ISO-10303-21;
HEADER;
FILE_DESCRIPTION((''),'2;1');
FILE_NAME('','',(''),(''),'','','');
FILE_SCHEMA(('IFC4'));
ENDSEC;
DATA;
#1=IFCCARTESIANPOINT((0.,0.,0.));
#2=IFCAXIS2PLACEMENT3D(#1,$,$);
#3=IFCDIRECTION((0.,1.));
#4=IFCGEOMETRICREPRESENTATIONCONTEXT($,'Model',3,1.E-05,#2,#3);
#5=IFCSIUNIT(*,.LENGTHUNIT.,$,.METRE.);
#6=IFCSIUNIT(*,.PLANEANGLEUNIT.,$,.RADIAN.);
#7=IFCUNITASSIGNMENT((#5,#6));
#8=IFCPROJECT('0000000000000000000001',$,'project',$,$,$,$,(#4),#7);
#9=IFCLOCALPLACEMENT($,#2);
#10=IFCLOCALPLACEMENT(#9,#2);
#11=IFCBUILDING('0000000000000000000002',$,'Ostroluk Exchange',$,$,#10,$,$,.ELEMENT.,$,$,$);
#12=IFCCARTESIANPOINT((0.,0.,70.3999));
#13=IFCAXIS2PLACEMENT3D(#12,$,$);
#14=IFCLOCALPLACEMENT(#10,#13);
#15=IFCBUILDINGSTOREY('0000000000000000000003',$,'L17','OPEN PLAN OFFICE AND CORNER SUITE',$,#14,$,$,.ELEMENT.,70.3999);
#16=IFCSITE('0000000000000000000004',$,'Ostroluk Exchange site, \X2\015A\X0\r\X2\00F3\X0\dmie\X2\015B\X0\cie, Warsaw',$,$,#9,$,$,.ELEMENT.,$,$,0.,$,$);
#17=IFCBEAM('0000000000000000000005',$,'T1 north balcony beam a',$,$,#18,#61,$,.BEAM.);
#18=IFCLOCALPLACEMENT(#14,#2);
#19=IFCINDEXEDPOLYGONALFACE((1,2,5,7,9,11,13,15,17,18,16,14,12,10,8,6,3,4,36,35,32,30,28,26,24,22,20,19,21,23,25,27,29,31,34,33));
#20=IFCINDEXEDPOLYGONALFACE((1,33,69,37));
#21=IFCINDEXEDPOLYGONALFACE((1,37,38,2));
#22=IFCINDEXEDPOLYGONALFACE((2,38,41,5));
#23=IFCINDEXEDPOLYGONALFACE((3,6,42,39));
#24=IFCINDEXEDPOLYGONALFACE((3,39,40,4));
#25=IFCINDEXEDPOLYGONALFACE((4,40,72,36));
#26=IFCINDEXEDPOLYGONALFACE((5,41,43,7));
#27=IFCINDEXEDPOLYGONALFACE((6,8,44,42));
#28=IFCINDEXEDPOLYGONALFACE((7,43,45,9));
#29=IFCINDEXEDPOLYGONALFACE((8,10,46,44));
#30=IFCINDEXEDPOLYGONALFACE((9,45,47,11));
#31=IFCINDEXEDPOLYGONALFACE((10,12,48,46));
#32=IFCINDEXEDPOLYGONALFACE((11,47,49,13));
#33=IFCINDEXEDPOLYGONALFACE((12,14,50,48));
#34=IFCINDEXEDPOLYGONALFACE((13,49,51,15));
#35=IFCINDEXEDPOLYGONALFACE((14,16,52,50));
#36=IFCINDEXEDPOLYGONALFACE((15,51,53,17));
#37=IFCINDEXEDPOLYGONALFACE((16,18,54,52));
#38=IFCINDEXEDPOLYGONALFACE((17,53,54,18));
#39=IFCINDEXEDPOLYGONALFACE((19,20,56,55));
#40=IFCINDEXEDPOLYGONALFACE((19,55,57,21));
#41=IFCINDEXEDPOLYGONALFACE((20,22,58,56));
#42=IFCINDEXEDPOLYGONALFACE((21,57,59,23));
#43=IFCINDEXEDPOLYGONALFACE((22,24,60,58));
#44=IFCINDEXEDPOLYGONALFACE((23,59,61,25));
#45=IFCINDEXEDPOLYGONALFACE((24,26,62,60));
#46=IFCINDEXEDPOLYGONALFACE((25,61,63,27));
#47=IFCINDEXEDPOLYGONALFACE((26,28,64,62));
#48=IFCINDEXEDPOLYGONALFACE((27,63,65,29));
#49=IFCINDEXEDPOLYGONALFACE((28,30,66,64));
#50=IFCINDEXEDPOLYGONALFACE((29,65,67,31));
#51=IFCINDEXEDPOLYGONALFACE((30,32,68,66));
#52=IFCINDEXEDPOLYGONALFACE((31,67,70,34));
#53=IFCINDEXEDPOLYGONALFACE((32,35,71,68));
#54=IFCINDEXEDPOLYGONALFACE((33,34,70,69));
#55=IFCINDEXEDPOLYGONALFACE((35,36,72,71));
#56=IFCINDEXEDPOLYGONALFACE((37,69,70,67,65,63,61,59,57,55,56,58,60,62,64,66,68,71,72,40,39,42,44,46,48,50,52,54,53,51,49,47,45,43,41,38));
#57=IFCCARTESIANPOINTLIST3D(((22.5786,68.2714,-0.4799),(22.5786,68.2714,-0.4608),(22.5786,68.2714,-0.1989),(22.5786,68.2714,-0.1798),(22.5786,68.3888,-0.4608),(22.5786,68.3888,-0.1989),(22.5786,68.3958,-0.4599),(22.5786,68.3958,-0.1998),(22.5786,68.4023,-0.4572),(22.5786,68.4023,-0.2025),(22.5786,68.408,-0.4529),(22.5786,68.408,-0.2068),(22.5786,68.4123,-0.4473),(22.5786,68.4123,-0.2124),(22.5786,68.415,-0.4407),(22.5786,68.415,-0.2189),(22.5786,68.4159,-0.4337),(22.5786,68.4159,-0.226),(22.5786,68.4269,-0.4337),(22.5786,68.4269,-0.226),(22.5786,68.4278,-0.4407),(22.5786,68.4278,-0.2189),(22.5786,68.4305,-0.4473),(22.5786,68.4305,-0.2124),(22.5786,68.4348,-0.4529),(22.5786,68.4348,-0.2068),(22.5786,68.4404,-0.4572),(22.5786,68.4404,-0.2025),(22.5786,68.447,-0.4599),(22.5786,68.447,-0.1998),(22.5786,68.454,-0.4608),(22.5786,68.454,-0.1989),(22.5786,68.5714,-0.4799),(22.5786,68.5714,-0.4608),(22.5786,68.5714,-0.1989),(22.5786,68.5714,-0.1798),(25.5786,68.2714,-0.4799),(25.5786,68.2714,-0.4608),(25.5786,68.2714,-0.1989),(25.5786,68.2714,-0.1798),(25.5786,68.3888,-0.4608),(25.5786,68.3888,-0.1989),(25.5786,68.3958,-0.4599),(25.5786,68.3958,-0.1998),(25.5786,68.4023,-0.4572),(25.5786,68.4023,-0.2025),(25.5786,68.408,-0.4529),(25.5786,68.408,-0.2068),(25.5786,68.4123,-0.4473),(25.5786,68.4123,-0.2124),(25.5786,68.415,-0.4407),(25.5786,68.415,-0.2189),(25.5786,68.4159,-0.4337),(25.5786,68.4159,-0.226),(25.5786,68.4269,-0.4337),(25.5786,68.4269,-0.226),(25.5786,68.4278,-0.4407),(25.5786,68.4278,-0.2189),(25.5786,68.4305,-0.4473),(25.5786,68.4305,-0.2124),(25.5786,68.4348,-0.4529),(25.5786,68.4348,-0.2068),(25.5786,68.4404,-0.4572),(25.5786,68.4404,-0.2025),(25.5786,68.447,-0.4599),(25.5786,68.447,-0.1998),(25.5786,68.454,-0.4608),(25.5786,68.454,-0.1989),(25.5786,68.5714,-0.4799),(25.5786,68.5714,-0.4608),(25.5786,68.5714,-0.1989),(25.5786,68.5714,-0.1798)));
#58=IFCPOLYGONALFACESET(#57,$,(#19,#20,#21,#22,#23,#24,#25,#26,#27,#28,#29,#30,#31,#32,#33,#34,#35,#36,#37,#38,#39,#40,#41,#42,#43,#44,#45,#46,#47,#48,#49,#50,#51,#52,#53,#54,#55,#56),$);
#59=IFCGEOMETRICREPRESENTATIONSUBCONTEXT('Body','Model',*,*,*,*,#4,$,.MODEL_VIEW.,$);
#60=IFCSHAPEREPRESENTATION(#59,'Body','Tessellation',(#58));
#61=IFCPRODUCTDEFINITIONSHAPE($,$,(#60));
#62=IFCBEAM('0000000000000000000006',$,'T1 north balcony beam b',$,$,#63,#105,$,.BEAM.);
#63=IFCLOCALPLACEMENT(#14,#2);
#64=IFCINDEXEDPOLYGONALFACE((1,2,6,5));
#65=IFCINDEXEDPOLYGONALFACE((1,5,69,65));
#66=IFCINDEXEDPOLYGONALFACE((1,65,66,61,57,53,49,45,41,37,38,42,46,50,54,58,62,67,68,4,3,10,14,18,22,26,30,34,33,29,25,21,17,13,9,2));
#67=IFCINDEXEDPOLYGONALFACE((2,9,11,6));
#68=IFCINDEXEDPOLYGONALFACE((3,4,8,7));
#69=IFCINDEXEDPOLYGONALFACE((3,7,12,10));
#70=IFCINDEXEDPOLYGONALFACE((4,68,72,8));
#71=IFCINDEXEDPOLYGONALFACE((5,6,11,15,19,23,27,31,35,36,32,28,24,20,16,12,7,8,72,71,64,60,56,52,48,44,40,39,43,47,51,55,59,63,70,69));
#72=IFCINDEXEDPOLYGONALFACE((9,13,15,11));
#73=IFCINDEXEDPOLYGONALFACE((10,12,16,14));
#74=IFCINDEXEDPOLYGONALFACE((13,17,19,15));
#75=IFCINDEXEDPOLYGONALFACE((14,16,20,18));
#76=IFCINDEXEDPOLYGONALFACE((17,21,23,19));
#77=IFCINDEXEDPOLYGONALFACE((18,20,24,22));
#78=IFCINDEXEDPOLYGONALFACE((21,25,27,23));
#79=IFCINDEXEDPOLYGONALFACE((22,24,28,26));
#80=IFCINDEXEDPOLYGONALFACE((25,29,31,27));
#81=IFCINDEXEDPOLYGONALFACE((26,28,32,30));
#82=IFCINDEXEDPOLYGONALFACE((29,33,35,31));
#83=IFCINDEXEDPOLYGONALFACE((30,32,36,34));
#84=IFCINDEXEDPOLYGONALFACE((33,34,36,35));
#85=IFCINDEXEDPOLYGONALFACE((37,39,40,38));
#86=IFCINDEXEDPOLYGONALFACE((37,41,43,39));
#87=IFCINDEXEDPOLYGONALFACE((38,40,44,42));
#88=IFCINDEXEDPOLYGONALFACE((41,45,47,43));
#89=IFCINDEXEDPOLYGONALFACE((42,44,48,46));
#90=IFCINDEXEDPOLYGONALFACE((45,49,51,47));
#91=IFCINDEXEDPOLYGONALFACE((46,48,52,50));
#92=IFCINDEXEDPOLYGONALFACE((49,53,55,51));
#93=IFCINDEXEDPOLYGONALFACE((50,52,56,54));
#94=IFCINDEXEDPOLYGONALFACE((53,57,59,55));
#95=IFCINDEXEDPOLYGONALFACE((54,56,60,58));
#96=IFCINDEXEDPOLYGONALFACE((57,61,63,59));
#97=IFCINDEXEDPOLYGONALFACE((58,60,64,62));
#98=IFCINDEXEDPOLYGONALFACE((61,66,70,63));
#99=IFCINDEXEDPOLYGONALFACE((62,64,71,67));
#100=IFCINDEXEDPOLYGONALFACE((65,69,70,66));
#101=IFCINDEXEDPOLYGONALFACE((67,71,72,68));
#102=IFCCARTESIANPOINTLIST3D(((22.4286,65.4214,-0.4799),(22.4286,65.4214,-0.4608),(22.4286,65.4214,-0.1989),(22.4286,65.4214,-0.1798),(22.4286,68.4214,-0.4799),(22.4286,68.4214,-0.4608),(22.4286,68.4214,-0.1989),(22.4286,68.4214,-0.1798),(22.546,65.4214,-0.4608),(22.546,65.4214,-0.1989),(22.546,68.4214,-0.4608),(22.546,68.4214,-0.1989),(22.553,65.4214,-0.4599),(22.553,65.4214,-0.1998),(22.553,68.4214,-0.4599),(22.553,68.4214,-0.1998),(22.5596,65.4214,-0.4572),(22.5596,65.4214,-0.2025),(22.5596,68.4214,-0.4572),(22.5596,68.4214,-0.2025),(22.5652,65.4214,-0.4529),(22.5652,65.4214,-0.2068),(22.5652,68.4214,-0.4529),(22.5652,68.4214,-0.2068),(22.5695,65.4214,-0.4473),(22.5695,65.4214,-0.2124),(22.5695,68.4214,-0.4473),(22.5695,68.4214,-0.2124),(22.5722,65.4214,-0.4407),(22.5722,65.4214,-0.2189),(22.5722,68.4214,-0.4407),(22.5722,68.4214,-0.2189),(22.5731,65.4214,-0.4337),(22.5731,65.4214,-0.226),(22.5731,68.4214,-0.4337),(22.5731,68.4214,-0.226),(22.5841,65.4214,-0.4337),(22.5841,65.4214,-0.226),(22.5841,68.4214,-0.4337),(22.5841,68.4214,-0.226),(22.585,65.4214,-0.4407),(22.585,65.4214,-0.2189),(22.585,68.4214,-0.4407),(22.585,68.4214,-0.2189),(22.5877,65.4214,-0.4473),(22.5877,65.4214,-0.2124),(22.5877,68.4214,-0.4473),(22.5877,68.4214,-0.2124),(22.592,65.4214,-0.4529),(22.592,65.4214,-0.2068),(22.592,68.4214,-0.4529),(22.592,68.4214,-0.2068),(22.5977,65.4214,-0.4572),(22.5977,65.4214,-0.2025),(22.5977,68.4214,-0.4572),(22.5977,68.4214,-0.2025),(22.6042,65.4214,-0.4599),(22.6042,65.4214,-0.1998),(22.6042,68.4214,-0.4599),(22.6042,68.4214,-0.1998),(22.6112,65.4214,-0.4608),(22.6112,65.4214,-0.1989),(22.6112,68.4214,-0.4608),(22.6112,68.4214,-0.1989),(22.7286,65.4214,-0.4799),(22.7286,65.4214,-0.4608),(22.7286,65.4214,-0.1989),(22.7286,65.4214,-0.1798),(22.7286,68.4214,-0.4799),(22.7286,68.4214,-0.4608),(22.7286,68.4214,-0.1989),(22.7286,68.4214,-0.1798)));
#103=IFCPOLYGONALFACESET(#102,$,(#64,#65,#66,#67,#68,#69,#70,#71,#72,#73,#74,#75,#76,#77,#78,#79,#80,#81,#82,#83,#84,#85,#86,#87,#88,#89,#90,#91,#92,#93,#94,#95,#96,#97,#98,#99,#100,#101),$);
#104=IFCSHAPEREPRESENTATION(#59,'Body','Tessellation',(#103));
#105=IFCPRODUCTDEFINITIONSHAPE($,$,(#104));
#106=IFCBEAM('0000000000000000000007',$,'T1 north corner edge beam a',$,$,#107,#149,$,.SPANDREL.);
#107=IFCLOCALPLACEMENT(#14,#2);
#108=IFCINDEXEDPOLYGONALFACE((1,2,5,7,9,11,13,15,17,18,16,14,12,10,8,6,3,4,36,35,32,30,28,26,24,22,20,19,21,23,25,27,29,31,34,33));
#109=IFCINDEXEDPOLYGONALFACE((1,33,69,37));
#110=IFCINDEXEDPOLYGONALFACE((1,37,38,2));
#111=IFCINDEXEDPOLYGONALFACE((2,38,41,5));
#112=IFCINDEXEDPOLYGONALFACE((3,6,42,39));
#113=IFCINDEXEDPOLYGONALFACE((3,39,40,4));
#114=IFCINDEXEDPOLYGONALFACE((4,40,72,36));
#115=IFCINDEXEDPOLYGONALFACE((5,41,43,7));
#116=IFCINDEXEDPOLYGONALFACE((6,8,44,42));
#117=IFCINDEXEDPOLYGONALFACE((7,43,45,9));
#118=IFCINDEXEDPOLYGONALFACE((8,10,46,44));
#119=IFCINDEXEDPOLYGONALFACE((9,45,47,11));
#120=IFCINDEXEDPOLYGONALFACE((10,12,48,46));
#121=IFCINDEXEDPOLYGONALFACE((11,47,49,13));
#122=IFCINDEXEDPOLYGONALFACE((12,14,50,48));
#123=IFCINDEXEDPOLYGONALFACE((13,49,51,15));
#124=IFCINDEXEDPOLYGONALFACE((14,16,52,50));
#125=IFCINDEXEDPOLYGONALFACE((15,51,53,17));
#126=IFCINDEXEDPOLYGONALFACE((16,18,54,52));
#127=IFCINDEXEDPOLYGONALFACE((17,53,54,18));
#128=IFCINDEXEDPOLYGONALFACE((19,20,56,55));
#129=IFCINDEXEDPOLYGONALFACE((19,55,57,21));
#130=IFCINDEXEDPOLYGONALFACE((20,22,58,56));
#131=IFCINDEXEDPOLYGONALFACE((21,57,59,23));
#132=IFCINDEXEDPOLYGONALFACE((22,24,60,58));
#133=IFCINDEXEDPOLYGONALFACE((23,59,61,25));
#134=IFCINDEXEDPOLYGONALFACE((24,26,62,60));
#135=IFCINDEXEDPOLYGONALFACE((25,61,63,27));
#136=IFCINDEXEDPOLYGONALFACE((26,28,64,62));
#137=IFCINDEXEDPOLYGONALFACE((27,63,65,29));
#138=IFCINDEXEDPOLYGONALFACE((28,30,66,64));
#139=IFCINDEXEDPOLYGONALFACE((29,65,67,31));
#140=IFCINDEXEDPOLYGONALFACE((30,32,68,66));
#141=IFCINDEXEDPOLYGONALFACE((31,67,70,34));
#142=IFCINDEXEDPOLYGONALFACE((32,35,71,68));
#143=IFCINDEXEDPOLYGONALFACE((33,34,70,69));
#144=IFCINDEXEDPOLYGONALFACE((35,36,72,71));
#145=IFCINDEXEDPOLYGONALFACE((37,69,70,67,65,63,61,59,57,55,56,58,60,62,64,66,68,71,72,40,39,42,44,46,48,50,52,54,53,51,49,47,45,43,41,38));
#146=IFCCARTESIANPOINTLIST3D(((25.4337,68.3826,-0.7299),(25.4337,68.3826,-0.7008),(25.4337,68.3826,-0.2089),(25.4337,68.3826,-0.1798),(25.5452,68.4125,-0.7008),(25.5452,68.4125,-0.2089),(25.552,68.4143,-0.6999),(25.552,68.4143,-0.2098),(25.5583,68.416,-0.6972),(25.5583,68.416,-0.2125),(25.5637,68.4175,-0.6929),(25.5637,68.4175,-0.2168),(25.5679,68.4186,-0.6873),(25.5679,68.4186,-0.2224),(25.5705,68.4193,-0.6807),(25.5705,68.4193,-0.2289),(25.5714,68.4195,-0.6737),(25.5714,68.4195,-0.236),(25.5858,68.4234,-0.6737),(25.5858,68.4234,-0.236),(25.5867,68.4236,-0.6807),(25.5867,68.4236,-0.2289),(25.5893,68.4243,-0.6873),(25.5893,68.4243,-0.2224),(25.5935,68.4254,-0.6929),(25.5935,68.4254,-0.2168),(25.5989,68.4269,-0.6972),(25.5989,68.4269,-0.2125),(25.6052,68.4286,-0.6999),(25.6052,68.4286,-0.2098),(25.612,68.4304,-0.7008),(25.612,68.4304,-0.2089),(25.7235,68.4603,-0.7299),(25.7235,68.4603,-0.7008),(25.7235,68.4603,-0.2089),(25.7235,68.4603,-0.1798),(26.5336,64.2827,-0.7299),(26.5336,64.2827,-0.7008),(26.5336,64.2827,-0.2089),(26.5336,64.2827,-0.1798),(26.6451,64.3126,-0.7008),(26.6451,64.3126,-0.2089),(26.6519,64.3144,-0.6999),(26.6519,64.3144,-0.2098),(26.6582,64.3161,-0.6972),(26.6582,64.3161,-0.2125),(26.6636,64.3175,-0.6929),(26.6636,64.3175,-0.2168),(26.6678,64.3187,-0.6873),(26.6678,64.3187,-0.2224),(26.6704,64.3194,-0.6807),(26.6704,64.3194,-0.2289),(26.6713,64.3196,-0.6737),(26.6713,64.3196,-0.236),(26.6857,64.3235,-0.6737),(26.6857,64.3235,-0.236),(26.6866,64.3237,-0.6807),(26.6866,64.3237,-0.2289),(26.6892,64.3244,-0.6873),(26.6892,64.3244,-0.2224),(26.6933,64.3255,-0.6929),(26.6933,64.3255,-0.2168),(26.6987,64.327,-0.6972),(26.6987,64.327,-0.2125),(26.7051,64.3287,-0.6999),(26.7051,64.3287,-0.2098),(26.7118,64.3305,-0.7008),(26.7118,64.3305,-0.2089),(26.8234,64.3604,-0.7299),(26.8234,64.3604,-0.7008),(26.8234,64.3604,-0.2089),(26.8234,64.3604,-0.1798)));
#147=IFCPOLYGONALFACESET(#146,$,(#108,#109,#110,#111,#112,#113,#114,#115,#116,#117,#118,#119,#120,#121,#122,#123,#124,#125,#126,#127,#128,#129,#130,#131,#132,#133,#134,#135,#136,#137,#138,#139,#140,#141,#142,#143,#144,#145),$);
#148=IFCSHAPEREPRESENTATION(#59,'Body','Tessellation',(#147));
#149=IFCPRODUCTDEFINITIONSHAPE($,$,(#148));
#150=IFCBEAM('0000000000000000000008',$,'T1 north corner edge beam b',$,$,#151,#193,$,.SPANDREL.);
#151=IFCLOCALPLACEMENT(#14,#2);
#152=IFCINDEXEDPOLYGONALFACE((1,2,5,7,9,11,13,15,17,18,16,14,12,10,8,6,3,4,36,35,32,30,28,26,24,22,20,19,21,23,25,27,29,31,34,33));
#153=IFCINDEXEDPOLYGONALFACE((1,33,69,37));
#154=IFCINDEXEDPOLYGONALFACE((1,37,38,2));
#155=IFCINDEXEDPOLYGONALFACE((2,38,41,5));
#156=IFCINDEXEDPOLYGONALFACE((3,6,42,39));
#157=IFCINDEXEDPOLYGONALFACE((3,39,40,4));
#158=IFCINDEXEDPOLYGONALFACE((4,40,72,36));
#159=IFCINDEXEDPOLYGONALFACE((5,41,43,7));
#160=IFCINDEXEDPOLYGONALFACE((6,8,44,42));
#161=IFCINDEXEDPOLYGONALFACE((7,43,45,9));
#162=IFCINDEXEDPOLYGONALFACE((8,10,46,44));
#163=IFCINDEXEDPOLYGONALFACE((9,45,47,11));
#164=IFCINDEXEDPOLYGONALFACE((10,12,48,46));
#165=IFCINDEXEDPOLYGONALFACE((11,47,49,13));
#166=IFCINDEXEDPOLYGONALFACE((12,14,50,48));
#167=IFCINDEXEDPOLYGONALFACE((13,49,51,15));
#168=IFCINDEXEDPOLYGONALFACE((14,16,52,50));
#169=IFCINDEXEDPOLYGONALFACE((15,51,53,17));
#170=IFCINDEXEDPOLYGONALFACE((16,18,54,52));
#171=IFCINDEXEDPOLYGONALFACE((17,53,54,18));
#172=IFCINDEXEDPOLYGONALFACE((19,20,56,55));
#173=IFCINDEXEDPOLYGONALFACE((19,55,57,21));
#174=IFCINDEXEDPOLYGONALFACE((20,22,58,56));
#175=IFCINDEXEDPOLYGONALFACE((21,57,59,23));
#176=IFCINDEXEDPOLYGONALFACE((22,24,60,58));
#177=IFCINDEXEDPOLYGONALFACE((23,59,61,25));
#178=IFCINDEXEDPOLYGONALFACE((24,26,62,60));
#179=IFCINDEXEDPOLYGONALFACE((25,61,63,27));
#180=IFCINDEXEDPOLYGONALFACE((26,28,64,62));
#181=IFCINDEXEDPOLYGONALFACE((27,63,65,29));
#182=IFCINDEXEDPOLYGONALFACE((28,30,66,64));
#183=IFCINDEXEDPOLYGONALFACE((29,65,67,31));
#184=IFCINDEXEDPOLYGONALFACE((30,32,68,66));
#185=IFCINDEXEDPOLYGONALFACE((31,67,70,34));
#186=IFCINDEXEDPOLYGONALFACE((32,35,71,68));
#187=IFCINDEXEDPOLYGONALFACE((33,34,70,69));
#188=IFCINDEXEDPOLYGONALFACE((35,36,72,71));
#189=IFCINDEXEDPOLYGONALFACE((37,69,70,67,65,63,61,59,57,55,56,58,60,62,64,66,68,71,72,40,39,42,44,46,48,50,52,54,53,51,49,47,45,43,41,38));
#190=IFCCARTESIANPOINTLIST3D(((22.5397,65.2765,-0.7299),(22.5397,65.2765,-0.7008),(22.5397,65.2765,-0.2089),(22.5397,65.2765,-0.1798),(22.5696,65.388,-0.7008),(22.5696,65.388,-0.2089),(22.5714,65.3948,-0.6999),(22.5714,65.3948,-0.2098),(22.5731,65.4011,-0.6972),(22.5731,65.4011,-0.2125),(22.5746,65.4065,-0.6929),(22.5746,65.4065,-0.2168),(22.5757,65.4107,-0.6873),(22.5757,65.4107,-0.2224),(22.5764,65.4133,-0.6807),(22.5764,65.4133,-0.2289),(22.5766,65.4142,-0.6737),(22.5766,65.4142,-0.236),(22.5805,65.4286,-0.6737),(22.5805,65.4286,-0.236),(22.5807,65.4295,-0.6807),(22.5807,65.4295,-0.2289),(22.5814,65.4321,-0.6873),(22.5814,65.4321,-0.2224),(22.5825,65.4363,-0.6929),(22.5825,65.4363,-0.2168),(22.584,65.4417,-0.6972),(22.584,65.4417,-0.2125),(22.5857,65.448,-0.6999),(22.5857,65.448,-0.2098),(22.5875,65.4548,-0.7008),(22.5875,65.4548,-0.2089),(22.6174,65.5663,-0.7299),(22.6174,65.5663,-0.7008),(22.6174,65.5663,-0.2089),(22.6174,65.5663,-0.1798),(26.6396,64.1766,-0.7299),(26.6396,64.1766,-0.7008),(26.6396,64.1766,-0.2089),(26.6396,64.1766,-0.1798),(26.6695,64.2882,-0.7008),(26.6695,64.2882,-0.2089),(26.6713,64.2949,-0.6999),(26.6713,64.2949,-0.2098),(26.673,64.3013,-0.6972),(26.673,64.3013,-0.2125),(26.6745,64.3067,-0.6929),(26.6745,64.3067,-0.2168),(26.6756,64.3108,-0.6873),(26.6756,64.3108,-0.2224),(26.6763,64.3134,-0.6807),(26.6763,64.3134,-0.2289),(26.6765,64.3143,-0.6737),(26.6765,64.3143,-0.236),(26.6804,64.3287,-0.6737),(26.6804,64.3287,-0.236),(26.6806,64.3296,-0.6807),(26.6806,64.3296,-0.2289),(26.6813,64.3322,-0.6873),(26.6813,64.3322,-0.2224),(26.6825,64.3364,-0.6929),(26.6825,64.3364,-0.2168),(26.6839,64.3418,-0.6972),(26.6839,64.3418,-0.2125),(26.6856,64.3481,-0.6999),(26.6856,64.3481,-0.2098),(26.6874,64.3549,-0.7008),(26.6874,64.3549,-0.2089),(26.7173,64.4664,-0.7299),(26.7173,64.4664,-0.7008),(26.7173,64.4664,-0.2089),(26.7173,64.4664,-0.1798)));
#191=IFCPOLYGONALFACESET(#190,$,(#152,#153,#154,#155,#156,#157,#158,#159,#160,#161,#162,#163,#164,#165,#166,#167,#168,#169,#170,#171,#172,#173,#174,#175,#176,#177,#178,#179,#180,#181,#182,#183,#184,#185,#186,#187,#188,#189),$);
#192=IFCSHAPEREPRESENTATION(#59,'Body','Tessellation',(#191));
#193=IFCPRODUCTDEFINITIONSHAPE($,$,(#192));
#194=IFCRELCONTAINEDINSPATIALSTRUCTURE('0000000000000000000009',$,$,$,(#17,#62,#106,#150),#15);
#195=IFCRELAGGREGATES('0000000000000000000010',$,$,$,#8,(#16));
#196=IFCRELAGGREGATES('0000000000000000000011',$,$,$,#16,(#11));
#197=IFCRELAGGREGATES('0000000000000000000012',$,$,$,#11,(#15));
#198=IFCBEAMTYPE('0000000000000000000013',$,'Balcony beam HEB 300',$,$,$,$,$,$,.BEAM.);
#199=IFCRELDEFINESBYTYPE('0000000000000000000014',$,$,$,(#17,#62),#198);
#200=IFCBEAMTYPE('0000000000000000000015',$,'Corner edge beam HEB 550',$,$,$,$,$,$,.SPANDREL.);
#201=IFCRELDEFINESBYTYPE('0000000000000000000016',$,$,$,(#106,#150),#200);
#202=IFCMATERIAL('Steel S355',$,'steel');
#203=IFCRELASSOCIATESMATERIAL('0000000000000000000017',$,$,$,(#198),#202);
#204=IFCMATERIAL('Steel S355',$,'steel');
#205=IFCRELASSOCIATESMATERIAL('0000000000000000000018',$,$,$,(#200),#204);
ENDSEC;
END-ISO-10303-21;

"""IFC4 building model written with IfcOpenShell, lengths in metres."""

from ifc_helpers import new_model, si_unit, direction, frame, origin, origin_2d, place, context, subcontext, project, spatial, i_section, extrude, material, material_profile, profile_set, type_object, element, save


model = new_model("IFC4")

# Units and contexts
model_context = context("Model", 3, precision=1e-05, world=origin(), true_north=direction((0.0, 1.0)))
body_context = subcontext(model_context, "Body", "Model", "MODEL_VIEW")
ifc_project = project(units=[si_unit("LENGTHUNIT", "METRE"), si_unit("PLANEANGLEUNIT", "RADIAN")], contexts=[model_context])

# Site, building, storey
site_placement = place(None, origin())
site = spatial("IfcSite", under=ifc_project, at=site_placement, Name="Ostroluk Exchange site, Śródmieście, Warsaw", CompositionType="ELEMENT", RefElevation=0.0)
building_placement = place(site_placement, origin())
building = spatial("IfcBuilding", under=site, at=building_placement, Name="Ostroluk Exchange", CompositionType="ELEMENT")
storey_placement = place(building_placement, frame((0.0, 0.0, 70.3999)))
storey = spatial("IfcBuildingStorey", under=building, at=storey_placement, Name="L17", Description="OPEN PLAN OFFICE AND CORNER SUITE", CompositionType="ELEMENT", Elevation=70.3999)

# Beams
ifc_material_1 = material(Name="Steel S355", Category="steel")
ifc_material_profile_1 = material_profile(ifc_material_1, i_section(OverallWidth=0.3, OverallDepth=0.3, WebThickness=0.011, FlangeThickness=0.019, FilletRadius=0.0271, at=origin_2d()), Name="HEB 300")
ifc_profile_set_1 = profile_set([ifc_material_profile_1], Name="Steel S355")
beam_type_1 = type_object("IfcBeamType", Name="Balcony beam HEB 300", PredefinedType="BEAM", material=ifc_profile_set_1)
for number, where, z_axis, x_axis, name in (
    (1, (25.5786, 68.4214, -0.3298), (-1.0, 0.0, 0.0), (0.0, -1.0, 0.0), "T1 north balcony beam a"),
    (2, (22.5786, 65.4214, -0.3298), (0.0, 1.0, 0.0), (-1.0, 0.0, 0.0), "T1 north balcony beam b"),
):
    element("IfcBeam", number, at=place(storey_placement, frame(where, z_axis=z_axis, x_axis=x_axis)), inside=storey, type_object=beam_type_1, Name=name, PredefinedType="BEAM", context=body_context, shape_type="SweptSolid", body=[
        extrude(i_section(OverallWidth=0.3, OverallDepth=0.3, WebThickness=0.011, FlangeThickness=0.019, FilletRadius=0.0271, at=origin_2d()), origin(), (0.0, 0.0, 1.0), 3.0),
    ])
ifc_material_2 = material(Name="Steel S355", Category="steel")
ifc_material_profile_2 = material_profile(ifc_material_2, i_section(OverallWidth=0.3, OverallDepth=0.55, WebThickness=0.0149, FlangeThickness=0.0291, FilletRadius=0.0271, at=origin_2d()), Name="HEB 550")
ifc_profile_set_2 = profile_set([ifc_material_profile_2], Name="Steel S355")
beam_type_2 = type_object("IfcBeamType", Name="Corner edge beam HEB 550", PredefinedType="SPANDREL", material=ifc_profile_set_2)
for number, where, z_axis, x_axis, name in (
    (3, (26.6785, 64.3215, -0.4548), (-0.259105, 0.965849, 0.0), (-0.965849, -0.259105, 0.0), "T1 north corner edge beam a"),
    (4, (26.6785, 64.3215, -0.4548), (-0.965849, 0.259105, 0.0), (-0.259105, -0.965849, 0.0), "T1 north corner edge beam b"),
):
    element("IfcBeam", number, at=place(storey_placement, frame(where, z_axis=z_axis, x_axis=x_axis)), inside=storey, type_object=beam_type_2, Name=name, PredefinedType="SPANDREL", context=body_context, shape_type="SweptSolid", body=[
        extrude(i_section(OverallWidth=0.3, OverallDepth=0.55, WebThickness=0.0149, FlangeThickness=0.0291, FilletRadius=0.0271, at=origin_2d()), origin(), (0.0, 0.0, 1.0), 4.2449),
    ])

save(model, "model.ifc")
